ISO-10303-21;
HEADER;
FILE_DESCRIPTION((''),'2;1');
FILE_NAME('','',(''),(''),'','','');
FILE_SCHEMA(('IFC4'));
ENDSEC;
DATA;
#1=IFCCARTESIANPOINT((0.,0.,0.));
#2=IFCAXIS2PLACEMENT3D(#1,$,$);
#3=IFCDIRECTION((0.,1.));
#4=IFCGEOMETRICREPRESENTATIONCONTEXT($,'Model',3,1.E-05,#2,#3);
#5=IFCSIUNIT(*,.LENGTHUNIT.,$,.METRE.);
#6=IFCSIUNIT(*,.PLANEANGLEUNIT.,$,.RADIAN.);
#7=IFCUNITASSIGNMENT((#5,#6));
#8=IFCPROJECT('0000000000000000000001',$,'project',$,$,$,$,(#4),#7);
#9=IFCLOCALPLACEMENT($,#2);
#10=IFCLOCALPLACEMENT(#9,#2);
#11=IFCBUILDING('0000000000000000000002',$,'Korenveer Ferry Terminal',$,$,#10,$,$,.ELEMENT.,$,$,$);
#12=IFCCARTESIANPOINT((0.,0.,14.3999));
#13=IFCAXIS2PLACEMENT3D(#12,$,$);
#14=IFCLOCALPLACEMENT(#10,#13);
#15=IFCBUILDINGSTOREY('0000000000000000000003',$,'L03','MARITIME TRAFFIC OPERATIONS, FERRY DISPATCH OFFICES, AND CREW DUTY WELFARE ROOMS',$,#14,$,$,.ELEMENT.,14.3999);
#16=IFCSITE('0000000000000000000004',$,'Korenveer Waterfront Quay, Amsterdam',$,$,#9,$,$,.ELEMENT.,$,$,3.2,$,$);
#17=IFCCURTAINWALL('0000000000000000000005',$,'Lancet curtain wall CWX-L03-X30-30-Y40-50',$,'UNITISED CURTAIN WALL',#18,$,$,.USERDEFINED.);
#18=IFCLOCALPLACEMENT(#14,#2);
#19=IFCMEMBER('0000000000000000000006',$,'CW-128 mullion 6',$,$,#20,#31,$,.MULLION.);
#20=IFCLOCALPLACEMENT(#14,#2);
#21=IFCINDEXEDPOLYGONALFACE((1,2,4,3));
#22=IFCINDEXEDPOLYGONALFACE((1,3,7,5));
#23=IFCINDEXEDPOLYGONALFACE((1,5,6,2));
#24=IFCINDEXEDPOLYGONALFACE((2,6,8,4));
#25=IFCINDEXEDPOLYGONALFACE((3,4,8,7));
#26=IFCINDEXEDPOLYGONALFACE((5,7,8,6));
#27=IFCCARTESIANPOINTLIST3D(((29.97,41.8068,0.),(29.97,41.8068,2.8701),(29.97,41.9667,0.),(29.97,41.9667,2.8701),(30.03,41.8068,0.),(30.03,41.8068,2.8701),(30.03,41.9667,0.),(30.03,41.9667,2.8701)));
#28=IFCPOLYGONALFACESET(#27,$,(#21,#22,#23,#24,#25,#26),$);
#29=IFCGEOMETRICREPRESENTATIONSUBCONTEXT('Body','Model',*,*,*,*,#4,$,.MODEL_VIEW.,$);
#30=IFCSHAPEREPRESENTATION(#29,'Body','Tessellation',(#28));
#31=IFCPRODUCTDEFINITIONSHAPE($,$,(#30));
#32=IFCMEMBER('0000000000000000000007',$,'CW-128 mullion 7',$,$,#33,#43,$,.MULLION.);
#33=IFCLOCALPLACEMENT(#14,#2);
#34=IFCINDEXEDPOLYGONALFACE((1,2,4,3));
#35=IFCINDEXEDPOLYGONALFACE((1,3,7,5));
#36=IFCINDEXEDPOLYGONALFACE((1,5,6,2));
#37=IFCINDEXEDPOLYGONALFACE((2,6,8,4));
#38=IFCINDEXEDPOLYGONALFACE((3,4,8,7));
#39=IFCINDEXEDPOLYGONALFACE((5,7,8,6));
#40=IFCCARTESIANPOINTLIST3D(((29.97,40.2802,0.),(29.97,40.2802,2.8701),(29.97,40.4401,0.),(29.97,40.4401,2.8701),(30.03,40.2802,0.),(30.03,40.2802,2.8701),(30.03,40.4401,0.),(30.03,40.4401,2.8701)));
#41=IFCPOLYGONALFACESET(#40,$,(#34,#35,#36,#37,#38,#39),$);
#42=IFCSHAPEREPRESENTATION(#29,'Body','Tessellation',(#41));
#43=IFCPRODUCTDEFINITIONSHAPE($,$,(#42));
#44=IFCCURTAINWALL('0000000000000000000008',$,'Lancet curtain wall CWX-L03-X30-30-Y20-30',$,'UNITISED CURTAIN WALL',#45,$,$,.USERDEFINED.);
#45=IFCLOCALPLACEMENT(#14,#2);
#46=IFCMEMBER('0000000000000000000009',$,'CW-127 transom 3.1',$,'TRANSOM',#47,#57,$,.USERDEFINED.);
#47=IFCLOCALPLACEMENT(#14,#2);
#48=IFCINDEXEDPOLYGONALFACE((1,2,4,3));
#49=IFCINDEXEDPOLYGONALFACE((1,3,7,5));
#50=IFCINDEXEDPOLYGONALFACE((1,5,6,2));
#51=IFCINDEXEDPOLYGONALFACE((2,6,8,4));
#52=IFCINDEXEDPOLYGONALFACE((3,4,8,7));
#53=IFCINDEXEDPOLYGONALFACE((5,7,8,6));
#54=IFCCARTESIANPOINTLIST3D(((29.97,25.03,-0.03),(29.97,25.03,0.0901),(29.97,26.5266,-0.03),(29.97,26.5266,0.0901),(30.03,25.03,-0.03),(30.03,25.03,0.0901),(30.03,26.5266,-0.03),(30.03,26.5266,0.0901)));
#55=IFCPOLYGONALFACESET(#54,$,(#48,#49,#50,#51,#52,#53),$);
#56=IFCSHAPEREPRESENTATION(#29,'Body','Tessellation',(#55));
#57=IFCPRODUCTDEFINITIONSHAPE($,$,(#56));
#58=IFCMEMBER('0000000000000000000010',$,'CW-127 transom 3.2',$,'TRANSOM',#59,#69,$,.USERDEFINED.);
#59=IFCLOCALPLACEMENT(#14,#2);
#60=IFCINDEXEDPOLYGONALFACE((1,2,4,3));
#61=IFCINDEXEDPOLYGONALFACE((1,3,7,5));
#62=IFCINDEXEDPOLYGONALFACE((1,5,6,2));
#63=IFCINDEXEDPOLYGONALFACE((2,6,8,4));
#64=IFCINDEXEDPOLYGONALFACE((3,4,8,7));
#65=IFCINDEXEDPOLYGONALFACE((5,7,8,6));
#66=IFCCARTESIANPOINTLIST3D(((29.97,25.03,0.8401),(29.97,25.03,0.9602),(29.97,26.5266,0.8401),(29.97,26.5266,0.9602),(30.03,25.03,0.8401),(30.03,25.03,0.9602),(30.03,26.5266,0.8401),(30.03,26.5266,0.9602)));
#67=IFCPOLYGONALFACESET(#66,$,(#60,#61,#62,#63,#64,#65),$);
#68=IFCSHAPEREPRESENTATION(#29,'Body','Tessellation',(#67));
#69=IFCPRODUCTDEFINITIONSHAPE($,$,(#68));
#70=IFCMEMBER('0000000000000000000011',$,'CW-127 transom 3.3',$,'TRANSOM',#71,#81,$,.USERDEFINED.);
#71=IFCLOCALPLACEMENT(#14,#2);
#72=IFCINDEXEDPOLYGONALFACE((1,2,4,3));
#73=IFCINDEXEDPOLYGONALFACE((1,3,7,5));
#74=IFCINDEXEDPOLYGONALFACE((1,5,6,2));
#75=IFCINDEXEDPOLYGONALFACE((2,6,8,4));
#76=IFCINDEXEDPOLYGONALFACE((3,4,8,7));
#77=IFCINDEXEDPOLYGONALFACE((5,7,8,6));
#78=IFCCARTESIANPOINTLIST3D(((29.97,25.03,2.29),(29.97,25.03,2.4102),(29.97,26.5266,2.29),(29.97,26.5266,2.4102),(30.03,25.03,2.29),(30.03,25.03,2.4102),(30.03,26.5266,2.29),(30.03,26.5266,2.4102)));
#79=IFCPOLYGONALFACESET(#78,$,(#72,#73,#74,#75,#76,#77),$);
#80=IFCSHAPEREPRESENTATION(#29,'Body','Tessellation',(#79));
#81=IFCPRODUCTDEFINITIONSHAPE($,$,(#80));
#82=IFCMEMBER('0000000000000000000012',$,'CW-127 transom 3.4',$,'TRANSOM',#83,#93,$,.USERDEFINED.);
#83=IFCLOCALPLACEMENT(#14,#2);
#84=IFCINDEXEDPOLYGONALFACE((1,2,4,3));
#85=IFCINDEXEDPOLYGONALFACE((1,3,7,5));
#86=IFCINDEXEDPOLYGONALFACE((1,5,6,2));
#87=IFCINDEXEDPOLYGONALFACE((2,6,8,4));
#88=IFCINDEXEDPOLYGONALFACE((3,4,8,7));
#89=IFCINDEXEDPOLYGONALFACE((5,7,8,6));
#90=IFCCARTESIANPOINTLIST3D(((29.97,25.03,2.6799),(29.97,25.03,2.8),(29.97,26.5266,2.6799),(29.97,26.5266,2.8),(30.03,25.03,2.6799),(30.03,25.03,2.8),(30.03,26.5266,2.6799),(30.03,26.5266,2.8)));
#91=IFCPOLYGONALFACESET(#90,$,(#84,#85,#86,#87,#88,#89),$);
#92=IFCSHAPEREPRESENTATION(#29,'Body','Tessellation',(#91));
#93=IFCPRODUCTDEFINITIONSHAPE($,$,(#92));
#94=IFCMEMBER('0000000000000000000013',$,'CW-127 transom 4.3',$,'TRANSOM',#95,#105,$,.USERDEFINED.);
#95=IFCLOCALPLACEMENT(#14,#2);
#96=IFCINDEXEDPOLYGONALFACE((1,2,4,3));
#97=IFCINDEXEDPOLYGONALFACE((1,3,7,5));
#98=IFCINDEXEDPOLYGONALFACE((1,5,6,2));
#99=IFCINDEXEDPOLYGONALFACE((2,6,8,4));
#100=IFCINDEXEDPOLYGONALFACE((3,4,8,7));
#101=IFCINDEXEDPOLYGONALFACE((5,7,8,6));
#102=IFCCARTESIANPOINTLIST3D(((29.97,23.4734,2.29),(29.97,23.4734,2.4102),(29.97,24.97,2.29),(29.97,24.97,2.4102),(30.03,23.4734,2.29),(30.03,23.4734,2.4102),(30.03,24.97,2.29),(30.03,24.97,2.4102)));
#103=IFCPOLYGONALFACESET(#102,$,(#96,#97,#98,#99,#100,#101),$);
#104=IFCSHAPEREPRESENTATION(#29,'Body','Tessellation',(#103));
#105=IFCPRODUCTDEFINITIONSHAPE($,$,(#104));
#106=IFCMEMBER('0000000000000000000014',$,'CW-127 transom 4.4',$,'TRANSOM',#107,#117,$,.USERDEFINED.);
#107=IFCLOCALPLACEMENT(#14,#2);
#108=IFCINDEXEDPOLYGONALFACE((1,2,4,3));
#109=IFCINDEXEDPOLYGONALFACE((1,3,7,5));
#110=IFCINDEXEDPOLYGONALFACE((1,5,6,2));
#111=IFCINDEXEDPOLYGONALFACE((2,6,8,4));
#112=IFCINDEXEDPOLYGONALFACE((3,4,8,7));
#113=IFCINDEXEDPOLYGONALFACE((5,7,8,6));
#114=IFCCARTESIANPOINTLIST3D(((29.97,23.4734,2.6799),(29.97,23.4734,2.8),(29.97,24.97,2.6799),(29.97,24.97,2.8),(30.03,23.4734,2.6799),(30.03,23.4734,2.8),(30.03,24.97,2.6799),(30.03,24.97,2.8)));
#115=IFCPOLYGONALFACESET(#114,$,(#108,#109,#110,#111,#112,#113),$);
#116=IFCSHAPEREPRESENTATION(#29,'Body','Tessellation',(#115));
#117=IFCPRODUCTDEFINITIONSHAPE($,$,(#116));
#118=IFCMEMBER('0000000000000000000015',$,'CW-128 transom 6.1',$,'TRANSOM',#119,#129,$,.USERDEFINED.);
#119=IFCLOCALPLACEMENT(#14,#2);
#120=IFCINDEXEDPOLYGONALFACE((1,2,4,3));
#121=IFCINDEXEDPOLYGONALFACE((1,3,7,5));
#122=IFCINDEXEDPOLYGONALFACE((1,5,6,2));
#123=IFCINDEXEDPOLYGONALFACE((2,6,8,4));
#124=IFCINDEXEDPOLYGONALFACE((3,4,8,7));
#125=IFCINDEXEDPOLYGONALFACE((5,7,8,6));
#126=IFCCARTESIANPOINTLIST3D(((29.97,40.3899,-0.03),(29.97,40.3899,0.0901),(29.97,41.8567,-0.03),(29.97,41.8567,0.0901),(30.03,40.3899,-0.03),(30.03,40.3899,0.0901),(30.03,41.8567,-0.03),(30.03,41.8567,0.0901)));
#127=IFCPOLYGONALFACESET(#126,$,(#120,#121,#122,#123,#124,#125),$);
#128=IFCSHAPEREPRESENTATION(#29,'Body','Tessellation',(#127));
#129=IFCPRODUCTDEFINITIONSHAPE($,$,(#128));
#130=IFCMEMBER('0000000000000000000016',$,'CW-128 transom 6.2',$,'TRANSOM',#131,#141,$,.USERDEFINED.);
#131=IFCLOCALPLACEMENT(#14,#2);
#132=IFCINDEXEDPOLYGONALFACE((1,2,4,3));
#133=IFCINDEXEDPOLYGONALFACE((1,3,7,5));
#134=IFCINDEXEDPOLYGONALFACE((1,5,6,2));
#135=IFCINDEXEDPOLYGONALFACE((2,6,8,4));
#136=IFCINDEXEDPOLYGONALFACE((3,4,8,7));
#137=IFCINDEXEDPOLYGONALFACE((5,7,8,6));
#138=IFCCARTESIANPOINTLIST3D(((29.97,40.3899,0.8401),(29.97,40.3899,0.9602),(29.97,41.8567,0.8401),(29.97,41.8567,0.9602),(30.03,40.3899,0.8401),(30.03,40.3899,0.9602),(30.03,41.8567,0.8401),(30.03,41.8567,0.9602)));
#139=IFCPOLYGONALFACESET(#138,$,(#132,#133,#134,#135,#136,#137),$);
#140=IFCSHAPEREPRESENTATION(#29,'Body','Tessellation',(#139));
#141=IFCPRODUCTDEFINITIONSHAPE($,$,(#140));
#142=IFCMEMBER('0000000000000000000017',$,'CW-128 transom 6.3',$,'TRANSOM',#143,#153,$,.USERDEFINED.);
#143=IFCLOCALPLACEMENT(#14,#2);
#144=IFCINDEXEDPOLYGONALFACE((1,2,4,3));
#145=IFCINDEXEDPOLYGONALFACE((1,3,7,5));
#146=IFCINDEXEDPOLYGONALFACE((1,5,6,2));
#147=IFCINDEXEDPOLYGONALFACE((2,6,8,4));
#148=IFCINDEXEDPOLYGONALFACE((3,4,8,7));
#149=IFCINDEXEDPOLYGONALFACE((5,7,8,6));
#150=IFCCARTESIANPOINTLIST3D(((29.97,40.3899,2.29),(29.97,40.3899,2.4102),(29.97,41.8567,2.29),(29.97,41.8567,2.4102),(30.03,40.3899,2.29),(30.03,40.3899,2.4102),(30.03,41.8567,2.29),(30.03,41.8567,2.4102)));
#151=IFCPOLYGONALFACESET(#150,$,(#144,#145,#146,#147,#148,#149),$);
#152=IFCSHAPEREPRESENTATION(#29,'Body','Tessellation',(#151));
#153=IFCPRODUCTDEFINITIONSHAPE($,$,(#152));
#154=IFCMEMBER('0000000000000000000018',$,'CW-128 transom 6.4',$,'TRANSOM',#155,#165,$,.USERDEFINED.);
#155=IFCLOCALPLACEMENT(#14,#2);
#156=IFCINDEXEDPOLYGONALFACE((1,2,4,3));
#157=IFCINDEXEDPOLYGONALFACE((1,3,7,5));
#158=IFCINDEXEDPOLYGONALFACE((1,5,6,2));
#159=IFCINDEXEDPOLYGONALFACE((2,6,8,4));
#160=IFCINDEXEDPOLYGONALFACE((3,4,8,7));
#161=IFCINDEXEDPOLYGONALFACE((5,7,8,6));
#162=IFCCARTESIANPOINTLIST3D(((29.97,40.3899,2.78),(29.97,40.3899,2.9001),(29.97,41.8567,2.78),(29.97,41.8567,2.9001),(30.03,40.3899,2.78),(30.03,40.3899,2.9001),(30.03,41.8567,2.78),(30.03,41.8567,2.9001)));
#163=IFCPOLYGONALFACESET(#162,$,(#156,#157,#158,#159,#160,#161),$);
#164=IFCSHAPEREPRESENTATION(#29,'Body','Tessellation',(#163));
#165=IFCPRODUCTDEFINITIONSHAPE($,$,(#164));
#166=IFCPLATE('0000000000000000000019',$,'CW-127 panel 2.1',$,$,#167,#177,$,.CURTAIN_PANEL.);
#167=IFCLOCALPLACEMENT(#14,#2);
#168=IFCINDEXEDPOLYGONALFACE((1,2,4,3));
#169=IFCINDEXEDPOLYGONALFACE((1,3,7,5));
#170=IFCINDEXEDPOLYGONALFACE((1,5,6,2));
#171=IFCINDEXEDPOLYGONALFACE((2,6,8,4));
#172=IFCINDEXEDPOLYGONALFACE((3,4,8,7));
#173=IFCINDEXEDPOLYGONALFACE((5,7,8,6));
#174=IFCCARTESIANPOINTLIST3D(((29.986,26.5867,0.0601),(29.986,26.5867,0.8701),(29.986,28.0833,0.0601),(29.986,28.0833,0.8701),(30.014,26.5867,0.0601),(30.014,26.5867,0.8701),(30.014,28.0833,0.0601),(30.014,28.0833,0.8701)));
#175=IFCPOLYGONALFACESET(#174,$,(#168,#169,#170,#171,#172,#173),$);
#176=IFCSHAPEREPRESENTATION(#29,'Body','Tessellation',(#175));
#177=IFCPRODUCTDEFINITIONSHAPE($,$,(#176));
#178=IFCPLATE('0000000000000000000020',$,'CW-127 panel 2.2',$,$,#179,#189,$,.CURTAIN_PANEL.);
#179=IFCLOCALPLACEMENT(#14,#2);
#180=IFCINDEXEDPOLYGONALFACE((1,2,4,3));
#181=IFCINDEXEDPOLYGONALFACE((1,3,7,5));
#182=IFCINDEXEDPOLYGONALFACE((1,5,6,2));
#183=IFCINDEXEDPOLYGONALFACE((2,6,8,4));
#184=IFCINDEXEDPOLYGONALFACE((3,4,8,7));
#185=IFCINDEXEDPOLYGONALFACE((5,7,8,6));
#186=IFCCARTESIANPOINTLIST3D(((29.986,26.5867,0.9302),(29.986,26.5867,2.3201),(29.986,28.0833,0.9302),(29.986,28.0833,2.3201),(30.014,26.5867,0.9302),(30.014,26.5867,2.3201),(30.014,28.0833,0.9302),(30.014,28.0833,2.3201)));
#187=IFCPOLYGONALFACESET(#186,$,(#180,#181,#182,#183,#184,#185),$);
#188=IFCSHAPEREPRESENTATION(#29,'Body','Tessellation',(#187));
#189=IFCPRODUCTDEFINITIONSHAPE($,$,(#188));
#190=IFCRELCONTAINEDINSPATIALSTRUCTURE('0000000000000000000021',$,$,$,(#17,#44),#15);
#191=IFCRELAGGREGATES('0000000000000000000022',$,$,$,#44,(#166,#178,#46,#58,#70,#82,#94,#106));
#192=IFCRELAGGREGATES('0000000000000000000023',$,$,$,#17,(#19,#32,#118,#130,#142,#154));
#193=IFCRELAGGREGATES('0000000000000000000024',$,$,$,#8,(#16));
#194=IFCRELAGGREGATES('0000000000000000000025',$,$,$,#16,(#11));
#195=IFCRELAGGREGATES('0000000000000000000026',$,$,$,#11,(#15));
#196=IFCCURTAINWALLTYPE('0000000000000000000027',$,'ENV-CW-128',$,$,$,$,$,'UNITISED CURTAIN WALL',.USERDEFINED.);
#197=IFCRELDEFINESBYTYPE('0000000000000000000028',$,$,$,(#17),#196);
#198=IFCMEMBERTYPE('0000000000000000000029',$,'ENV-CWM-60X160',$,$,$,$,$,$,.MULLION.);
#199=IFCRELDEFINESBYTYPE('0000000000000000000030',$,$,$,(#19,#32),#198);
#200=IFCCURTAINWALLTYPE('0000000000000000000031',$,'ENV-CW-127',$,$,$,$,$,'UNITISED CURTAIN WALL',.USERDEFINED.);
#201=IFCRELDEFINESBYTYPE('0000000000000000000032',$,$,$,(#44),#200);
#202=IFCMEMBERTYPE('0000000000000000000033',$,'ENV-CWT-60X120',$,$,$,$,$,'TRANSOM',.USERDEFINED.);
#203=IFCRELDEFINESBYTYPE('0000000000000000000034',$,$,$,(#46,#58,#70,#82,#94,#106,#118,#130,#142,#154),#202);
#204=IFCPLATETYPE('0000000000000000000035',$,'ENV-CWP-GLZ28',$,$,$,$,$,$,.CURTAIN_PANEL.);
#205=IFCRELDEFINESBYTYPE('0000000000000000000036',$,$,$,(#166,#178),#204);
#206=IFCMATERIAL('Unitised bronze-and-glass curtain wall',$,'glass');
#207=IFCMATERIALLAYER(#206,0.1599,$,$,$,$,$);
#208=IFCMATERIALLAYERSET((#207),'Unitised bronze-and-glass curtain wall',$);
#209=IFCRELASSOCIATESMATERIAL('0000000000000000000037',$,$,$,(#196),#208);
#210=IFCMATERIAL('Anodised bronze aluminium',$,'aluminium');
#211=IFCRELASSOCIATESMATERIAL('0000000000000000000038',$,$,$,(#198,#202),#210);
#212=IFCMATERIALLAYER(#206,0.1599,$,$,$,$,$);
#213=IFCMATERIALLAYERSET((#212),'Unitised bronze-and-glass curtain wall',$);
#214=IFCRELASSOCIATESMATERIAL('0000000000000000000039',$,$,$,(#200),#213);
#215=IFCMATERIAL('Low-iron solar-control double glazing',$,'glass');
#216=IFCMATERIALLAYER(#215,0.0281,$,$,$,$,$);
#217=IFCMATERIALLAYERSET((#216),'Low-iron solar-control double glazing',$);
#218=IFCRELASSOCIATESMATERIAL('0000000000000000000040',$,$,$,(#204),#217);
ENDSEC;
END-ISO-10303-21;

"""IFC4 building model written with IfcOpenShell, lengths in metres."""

from ifc_helpers import new_model, si_unit, direction, frame, origin, origin_2d, place, context, subcontext, project, spatial, rectangle, extrude, material, layer, layer_set, material_profile, profile_set, type_object, element, aggregate, save


model = new_model("IFC4")

# Units and contexts
model_context = context("Model", 3, precision=1e-05, world=origin(), true_north=direction((0.0, 1.0)))
body_context = subcontext(model_context, "Body", "Model", "MODEL_VIEW")
ifc_project = project(units=[si_unit("LENGTHUNIT", "METRE"), si_unit("PLANEANGLEUNIT", "RADIAN")], contexts=[model_context])

# Site, building, storey
site_placement = place(None, origin())
site = spatial("IfcSite", under=ifc_project, at=site_placement, Name="Korenveer Waterfront Quay, Amsterdam", CompositionType="ELEMENT", RefElevation=3.2)
building_placement = place(site_placement, origin())
building = spatial("IfcBuilding", under=site, at=building_placement, Name="Korenveer Ferry Terminal", CompositionType="ELEMENT")
storey_placement = place(building_placement, frame((0.0, 0.0, 14.3999)))
storey = spatial("IfcBuildingStorey", under=building, at=storey_placement, Name="L03", Description="MARITIME TRAFFIC OPERATIONS, FERRY DISPATCH OFFICES, AND CREW DUTY WELFARE ROOMS", CompositionType="ELEMENT", Elevation=14.3999)

# Curtain walls, members
ifc_material_1 = material(Name="Unitised bronze-and-glass curtain wall", Category="glass")
ifc_layer_1 = layer(ifc_material_1, 0.1599)
ifc_layer_set_1 = layer_set([ifc_layer_1], Name="Unitised bronze-and-glass curtain wall")
curtain_wall_type_1 = type_object("IfcCurtainWallType", Name="ENV-CW-128", ElementType="UNITISED CURTAIN WALL", PredefinedType="USERDEFINED", material=ifc_layer_set_1)
curtain_wall_1_placement = place(storey_placement, frame((30.0, 49.6699, 0.0)))
curtain_wall_1 = element("IfcCurtainWall", 1, at=curtain_wall_1_placement, inside=storey, type_object=curtain_wall_type_1, Name="Lancet curtain wall CWX-L03-X30-30-Y40-50", ObjectType="UNITISED CURTAIN WALL", PredefinedType="USERDEFINED")
ifc_material_2 = material(Name="Anodised bronze aluminium", Category="aluminium")
ifc_material_profile_1 = material_profile(ifc_material_2, rectangle(XDim=0.0601, YDim=0.1599, at=origin_2d()), Name="ALU 60x160")
ifc_profile_set_1 = profile_set([ifc_material_profile_1], Name="Anodised bronze aluminium")
member_type_1 = type_object("IfcMemberType", Name="ENV-CWM-60X160", PredefinedType="MULLION", material=ifc_profile_set_1)
member_1_placement = place(storey_placement, frame((30.0, 41.8867, 0.0), z_axis=(0.0, 0.0, 1.0), x_axis=(1.0, 0.0, 0.0)))
member_1 = element("IfcMember", 2, at=member_1_placement, type_object=member_type_1, Name="CW-128 mullion 6", PredefinedType="MULLION", context=body_context, shape_type="SweptSolid", body=[
    extrude(rectangle(XDim=0.0601, YDim=0.1599, at=origin_2d()), origin(), (0.0, 0.0, 1.0), 2.8701),
])
member_2_placement = place(storey_placement, frame((30.0, 40.3601, 0.0), z_axis=(0.0, 0.0, 1.0), x_axis=(1.0, 0.0, 0.0)))
member_2 = element("IfcMember", 3, at=member_2_placement, type_object=member_type_1, Name="CW-128 mullion 7", PredefinedType="MULLION", context=body_context, shape_type="SweptSolid", body=[
    extrude(rectangle(XDim=0.0601, YDim=0.1599, at=origin_2d()), origin(), (0.0, 0.0, 1.0), 2.8701),
])
ifc_layer_2 = layer(ifc_material_1, 0.1599)
ifc_layer_set_2 = layer_set([ifc_layer_2], Name="Unitised bronze-and-glass curtain wall")
curtain_wall_type_2 = type_object("IfcCurtainWallType", Name="ENV-CW-127", ElementType="UNITISED CURTAIN WALL", PredefinedType="USERDEFINED", material=ifc_layer_set_2)
curtain_wall_2_placement = place(storey_placement, frame((30.0, 29.6699, 0.0)))
curtain_wall_2 = element("IfcCurtainWall", 4, at=curtain_wall_2_placement, inside=storey, type_object=curtain_wall_type_2, Name="Lancet curtain wall CWX-L03-X30-30-Y20-30", ObjectType="UNITISED CURTAIN WALL", PredefinedType="USERDEFINED")
ifc_material_profile_2 = material_profile(ifc_material_2, rectangle(XDim=0.0601, YDim=0.1201, at=origin_2d()), Name="ALU 60x120")
ifc_profile_set_2 = profile_set([ifc_material_profile_2], Name="Anodised bronze aluminium")
member_type_2 = type_object("IfcMemberType", Name="ENV-CWT-60X120", ElementType="TRANSOM", PredefinedType="USERDEFINED", material=ifc_profile_set_2)
member_3_placement = place(storey_placement, frame((30.0, 26.5266, 0.03), z_axis=(0.0, -1.0, 0.0), x_axis=(1.0, 0.0, 0.0)))
member_3 = element("IfcMember", 5, at=member_3_placement, type_object=member_type_2, Name="CW-127 transom 3.1", ObjectType="TRANSOM", PredefinedType="USERDEFINED", context=body_context, shape_type="SweptSolid", body=[
    extrude(rectangle(XDim=0.0601, YDim=0.1201, at=origin_2d()), origin(), (0.0, 0.0, 1.0), 1.4966),
])
member_4_placement = place(storey_placement, frame((30.0, 26.5266, 0.9001), z_axis=(0.0, -1.0, 0.0), x_axis=(1.0, 0.0, 0.0)))
member_4 = element("IfcMember", 6, at=member_4_placement, type_object=member_type_2, Name="CW-127 transom 3.2", ObjectType="TRANSOM", PredefinedType="USERDEFINED", context=body_context, shape_type="SweptSolid", body=[
    extrude(rectangle(XDim=0.0601, YDim=0.1201, at=origin_2d()), origin(), (0.0, 0.0, 1.0), 1.4966),
])
member_5_placement = place(storey_placement, frame((30.0, 26.5266, 2.3501), z_axis=(0.0, -1.0, 0.0), x_axis=(1.0, 0.0, 0.0)))
member_5 = element("IfcMember", 7, at=member_5_placement, type_object=member_type_2, Name="CW-127 transom 3.3", ObjectType="TRANSOM", PredefinedType="USERDEFINED", context=body_context, shape_type="SweptSolid", body=[
    extrude(rectangle(XDim=0.0601, YDim=0.1201, at=origin_2d()), origin(), (0.0, 0.0, 1.0), 1.4966),
])
member_6_placement = place(storey_placement, frame((30.0, 26.5266, 2.74), z_axis=(0.0, -1.0, 0.0), x_axis=(1.0, 0.0, 0.0)))
member_6 = element("IfcMember", 8, at=member_6_placement, type_object=member_type_2, Name="CW-127 transom 3.4", ObjectType="TRANSOM", PredefinedType="USERDEFINED", context=body_context, shape_type="SweptSolid", body=[
    extrude(rectangle(XDim=0.0601, YDim=0.1201, at=origin_2d()), origin(), (0.0, 0.0, 1.0), 1.4966),
])
member_7_placement = place(storey_placement, frame((30.0, 24.97, 2.3501), z_axis=(0.0, -1.0, 0.0), x_axis=(1.0, 0.0, 0.0)))
member_7 = element("IfcMember", 9, at=member_7_placement, type_object=member_type_2, Name="CW-127 transom 4.3", ObjectType="TRANSOM", PredefinedType="USERDEFINED", context=body_context, shape_type="SweptSolid", body=[
    extrude(rectangle(XDim=0.0601, YDim=0.1201, at=origin_2d()), origin(), (0.0, 0.0, 1.0), 1.4966),
])
member_8_placement = place(storey_placement, frame((30.0, 24.97, 2.74), z_axis=(0.0, -1.0, 0.0), x_axis=(1.0, 0.0, 0.0)))
member_8 = element("IfcMember", 10, at=member_8_placement, type_object=member_type_2, Name="CW-127 transom 4.4", ObjectType="TRANSOM", PredefinedType="USERDEFINED", context=body_context, shape_type="SweptSolid", body=[
    extrude(rectangle(XDim=0.0601, YDim=0.1201, at=origin_2d()), origin(), (0.0, 0.0, 1.0), 1.4966),
])

# Members
member_9_placement = place(storey_placement, frame((30.0, 41.8567, 0.03), z_axis=(0.0, -1.0, 0.0), x_axis=(1.0, 0.0, 0.0)))
member_9 = element("IfcMember", 11, at=member_9_placement, type_object=member_type_2, Name="CW-128 transom 6.1", ObjectType="TRANSOM", PredefinedType="USERDEFINED", context=body_context, shape_type="SweptSolid", body=[
    extrude(rectangle(XDim=0.0601, YDim=0.1201, at=origin_2d()), origin(), (0.0, 0.0, 1.0), 1.4668),
])
member_10_placement = place(storey_placement, frame((30.0, 41.8567, 0.9001), z_axis=(0.0, -1.0, 0.0), x_axis=(1.0, 0.0, 0.0)))
member_10 = element("IfcMember", 12, at=member_10_placement, type_object=member_type_2, Name="CW-128 transom 6.2", ObjectType="TRANSOM", PredefinedType="USERDEFINED", context=body_context, shape_type="SweptSolid", body=[
    extrude(rectangle(XDim=0.0601, YDim=0.1201, at=origin_2d()), origin(), (0.0, 0.0, 1.0), 1.4668),
])
member_11_placement = place(storey_placement, frame((30.0, 41.8567, 2.3501), z_axis=(0.0, -1.0, 0.0), x_axis=(1.0, 0.0, 0.0)))
member_11 = element("IfcMember", 13, at=member_11_placement, type_object=member_type_2, Name="CW-128 transom 6.3", ObjectType="TRANSOM", PredefinedType="USERDEFINED", context=body_context, shape_type="SweptSolid", body=[
    extrude(rectangle(XDim=0.0601, YDim=0.1201, at=origin_2d()), origin(), (0.0, 0.0, 1.0), 1.4668),
])
member_12_placement = place(storey_placement, frame((30.0, 41.8567, 2.8401), z_axis=(0.0, -1.0, 0.0), x_axis=(1.0, 0.0, 0.0)))
member_12 = element("IfcMember", 14, at=member_12_placement, type_object=member_type_2, Name="CW-128 transom 6.4", ObjectType="TRANSOM", PredefinedType="USERDEFINED", context=body_context, shape_type="SweptSolid", body=[
    extrude(rectangle(XDim=0.0601, YDim=0.1201, at=origin_2d()), origin(), (0.0, 0.0, 1.0), 1.4668),
])

# Plates
ifc_material_3 = material(Name="Low-iron solar-control double glazing", Category="glass")
ifc_layer_3 = layer(ifc_material_3, 0.0281)
ifc_layer_set_3 = layer_set([ifc_layer_3], Name="Low-iron solar-control double glazing")
plate_type = type_object("IfcPlateType", Name="ENV-CWP-GLZ28", PredefinedType="CURTAIN_PANEL", material=ifc_layer_set_3)
plate_1_placement = place(storey_placement, frame((30.0, 27.335, 0.0601), z_axis=(0.0, 0.0, 1.0), x_axis=(0.0, -1.0, 0.0)))
plate_1 = element("IfcPlate", 15, at=plate_1_placement, type_object=plate_type, Name="CW-127 panel 2.1", PredefinedType="CURTAIN_PANEL", context=body_context, shape_type="SweptSolid", body=[
    extrude(rectangle(XDim=1.4966, YDim=0.0281, at=origin_2d()), origin(), (0.0, 0.0, 1.0), 0.8101),
])
plate_2_placement = place(storey_placement, frame((30.0, 27.335, 0.9302), z_axis=(0.0, 0.0, 1.0), x_axis=(0.0, -1.0, 0.0)))
plate_2 = element("IfcPlate", 16, at=plate_2_placement, type_object=plate_type, Name="CW-127 panel 2.2", PredefinedType="CURTAIN_PANEL", context=body_context, shape_type="SweptSolid", body=[
    extrude(rectangle(XDim=1.4966, YDim=0.0281, at=origin_2d()), origin(), (0.0, 0.0, 1.0), 1.3899),
])
aggregate(curtain_wall_2, [plate_1, plate_2, member_3, member_4, member_5, member_6, member_7, member_8])
aggregate(curtain_wall_1, [member_1, member_2, member_9, member_10, member_11, member_12])

save(model, "model.ifc")
